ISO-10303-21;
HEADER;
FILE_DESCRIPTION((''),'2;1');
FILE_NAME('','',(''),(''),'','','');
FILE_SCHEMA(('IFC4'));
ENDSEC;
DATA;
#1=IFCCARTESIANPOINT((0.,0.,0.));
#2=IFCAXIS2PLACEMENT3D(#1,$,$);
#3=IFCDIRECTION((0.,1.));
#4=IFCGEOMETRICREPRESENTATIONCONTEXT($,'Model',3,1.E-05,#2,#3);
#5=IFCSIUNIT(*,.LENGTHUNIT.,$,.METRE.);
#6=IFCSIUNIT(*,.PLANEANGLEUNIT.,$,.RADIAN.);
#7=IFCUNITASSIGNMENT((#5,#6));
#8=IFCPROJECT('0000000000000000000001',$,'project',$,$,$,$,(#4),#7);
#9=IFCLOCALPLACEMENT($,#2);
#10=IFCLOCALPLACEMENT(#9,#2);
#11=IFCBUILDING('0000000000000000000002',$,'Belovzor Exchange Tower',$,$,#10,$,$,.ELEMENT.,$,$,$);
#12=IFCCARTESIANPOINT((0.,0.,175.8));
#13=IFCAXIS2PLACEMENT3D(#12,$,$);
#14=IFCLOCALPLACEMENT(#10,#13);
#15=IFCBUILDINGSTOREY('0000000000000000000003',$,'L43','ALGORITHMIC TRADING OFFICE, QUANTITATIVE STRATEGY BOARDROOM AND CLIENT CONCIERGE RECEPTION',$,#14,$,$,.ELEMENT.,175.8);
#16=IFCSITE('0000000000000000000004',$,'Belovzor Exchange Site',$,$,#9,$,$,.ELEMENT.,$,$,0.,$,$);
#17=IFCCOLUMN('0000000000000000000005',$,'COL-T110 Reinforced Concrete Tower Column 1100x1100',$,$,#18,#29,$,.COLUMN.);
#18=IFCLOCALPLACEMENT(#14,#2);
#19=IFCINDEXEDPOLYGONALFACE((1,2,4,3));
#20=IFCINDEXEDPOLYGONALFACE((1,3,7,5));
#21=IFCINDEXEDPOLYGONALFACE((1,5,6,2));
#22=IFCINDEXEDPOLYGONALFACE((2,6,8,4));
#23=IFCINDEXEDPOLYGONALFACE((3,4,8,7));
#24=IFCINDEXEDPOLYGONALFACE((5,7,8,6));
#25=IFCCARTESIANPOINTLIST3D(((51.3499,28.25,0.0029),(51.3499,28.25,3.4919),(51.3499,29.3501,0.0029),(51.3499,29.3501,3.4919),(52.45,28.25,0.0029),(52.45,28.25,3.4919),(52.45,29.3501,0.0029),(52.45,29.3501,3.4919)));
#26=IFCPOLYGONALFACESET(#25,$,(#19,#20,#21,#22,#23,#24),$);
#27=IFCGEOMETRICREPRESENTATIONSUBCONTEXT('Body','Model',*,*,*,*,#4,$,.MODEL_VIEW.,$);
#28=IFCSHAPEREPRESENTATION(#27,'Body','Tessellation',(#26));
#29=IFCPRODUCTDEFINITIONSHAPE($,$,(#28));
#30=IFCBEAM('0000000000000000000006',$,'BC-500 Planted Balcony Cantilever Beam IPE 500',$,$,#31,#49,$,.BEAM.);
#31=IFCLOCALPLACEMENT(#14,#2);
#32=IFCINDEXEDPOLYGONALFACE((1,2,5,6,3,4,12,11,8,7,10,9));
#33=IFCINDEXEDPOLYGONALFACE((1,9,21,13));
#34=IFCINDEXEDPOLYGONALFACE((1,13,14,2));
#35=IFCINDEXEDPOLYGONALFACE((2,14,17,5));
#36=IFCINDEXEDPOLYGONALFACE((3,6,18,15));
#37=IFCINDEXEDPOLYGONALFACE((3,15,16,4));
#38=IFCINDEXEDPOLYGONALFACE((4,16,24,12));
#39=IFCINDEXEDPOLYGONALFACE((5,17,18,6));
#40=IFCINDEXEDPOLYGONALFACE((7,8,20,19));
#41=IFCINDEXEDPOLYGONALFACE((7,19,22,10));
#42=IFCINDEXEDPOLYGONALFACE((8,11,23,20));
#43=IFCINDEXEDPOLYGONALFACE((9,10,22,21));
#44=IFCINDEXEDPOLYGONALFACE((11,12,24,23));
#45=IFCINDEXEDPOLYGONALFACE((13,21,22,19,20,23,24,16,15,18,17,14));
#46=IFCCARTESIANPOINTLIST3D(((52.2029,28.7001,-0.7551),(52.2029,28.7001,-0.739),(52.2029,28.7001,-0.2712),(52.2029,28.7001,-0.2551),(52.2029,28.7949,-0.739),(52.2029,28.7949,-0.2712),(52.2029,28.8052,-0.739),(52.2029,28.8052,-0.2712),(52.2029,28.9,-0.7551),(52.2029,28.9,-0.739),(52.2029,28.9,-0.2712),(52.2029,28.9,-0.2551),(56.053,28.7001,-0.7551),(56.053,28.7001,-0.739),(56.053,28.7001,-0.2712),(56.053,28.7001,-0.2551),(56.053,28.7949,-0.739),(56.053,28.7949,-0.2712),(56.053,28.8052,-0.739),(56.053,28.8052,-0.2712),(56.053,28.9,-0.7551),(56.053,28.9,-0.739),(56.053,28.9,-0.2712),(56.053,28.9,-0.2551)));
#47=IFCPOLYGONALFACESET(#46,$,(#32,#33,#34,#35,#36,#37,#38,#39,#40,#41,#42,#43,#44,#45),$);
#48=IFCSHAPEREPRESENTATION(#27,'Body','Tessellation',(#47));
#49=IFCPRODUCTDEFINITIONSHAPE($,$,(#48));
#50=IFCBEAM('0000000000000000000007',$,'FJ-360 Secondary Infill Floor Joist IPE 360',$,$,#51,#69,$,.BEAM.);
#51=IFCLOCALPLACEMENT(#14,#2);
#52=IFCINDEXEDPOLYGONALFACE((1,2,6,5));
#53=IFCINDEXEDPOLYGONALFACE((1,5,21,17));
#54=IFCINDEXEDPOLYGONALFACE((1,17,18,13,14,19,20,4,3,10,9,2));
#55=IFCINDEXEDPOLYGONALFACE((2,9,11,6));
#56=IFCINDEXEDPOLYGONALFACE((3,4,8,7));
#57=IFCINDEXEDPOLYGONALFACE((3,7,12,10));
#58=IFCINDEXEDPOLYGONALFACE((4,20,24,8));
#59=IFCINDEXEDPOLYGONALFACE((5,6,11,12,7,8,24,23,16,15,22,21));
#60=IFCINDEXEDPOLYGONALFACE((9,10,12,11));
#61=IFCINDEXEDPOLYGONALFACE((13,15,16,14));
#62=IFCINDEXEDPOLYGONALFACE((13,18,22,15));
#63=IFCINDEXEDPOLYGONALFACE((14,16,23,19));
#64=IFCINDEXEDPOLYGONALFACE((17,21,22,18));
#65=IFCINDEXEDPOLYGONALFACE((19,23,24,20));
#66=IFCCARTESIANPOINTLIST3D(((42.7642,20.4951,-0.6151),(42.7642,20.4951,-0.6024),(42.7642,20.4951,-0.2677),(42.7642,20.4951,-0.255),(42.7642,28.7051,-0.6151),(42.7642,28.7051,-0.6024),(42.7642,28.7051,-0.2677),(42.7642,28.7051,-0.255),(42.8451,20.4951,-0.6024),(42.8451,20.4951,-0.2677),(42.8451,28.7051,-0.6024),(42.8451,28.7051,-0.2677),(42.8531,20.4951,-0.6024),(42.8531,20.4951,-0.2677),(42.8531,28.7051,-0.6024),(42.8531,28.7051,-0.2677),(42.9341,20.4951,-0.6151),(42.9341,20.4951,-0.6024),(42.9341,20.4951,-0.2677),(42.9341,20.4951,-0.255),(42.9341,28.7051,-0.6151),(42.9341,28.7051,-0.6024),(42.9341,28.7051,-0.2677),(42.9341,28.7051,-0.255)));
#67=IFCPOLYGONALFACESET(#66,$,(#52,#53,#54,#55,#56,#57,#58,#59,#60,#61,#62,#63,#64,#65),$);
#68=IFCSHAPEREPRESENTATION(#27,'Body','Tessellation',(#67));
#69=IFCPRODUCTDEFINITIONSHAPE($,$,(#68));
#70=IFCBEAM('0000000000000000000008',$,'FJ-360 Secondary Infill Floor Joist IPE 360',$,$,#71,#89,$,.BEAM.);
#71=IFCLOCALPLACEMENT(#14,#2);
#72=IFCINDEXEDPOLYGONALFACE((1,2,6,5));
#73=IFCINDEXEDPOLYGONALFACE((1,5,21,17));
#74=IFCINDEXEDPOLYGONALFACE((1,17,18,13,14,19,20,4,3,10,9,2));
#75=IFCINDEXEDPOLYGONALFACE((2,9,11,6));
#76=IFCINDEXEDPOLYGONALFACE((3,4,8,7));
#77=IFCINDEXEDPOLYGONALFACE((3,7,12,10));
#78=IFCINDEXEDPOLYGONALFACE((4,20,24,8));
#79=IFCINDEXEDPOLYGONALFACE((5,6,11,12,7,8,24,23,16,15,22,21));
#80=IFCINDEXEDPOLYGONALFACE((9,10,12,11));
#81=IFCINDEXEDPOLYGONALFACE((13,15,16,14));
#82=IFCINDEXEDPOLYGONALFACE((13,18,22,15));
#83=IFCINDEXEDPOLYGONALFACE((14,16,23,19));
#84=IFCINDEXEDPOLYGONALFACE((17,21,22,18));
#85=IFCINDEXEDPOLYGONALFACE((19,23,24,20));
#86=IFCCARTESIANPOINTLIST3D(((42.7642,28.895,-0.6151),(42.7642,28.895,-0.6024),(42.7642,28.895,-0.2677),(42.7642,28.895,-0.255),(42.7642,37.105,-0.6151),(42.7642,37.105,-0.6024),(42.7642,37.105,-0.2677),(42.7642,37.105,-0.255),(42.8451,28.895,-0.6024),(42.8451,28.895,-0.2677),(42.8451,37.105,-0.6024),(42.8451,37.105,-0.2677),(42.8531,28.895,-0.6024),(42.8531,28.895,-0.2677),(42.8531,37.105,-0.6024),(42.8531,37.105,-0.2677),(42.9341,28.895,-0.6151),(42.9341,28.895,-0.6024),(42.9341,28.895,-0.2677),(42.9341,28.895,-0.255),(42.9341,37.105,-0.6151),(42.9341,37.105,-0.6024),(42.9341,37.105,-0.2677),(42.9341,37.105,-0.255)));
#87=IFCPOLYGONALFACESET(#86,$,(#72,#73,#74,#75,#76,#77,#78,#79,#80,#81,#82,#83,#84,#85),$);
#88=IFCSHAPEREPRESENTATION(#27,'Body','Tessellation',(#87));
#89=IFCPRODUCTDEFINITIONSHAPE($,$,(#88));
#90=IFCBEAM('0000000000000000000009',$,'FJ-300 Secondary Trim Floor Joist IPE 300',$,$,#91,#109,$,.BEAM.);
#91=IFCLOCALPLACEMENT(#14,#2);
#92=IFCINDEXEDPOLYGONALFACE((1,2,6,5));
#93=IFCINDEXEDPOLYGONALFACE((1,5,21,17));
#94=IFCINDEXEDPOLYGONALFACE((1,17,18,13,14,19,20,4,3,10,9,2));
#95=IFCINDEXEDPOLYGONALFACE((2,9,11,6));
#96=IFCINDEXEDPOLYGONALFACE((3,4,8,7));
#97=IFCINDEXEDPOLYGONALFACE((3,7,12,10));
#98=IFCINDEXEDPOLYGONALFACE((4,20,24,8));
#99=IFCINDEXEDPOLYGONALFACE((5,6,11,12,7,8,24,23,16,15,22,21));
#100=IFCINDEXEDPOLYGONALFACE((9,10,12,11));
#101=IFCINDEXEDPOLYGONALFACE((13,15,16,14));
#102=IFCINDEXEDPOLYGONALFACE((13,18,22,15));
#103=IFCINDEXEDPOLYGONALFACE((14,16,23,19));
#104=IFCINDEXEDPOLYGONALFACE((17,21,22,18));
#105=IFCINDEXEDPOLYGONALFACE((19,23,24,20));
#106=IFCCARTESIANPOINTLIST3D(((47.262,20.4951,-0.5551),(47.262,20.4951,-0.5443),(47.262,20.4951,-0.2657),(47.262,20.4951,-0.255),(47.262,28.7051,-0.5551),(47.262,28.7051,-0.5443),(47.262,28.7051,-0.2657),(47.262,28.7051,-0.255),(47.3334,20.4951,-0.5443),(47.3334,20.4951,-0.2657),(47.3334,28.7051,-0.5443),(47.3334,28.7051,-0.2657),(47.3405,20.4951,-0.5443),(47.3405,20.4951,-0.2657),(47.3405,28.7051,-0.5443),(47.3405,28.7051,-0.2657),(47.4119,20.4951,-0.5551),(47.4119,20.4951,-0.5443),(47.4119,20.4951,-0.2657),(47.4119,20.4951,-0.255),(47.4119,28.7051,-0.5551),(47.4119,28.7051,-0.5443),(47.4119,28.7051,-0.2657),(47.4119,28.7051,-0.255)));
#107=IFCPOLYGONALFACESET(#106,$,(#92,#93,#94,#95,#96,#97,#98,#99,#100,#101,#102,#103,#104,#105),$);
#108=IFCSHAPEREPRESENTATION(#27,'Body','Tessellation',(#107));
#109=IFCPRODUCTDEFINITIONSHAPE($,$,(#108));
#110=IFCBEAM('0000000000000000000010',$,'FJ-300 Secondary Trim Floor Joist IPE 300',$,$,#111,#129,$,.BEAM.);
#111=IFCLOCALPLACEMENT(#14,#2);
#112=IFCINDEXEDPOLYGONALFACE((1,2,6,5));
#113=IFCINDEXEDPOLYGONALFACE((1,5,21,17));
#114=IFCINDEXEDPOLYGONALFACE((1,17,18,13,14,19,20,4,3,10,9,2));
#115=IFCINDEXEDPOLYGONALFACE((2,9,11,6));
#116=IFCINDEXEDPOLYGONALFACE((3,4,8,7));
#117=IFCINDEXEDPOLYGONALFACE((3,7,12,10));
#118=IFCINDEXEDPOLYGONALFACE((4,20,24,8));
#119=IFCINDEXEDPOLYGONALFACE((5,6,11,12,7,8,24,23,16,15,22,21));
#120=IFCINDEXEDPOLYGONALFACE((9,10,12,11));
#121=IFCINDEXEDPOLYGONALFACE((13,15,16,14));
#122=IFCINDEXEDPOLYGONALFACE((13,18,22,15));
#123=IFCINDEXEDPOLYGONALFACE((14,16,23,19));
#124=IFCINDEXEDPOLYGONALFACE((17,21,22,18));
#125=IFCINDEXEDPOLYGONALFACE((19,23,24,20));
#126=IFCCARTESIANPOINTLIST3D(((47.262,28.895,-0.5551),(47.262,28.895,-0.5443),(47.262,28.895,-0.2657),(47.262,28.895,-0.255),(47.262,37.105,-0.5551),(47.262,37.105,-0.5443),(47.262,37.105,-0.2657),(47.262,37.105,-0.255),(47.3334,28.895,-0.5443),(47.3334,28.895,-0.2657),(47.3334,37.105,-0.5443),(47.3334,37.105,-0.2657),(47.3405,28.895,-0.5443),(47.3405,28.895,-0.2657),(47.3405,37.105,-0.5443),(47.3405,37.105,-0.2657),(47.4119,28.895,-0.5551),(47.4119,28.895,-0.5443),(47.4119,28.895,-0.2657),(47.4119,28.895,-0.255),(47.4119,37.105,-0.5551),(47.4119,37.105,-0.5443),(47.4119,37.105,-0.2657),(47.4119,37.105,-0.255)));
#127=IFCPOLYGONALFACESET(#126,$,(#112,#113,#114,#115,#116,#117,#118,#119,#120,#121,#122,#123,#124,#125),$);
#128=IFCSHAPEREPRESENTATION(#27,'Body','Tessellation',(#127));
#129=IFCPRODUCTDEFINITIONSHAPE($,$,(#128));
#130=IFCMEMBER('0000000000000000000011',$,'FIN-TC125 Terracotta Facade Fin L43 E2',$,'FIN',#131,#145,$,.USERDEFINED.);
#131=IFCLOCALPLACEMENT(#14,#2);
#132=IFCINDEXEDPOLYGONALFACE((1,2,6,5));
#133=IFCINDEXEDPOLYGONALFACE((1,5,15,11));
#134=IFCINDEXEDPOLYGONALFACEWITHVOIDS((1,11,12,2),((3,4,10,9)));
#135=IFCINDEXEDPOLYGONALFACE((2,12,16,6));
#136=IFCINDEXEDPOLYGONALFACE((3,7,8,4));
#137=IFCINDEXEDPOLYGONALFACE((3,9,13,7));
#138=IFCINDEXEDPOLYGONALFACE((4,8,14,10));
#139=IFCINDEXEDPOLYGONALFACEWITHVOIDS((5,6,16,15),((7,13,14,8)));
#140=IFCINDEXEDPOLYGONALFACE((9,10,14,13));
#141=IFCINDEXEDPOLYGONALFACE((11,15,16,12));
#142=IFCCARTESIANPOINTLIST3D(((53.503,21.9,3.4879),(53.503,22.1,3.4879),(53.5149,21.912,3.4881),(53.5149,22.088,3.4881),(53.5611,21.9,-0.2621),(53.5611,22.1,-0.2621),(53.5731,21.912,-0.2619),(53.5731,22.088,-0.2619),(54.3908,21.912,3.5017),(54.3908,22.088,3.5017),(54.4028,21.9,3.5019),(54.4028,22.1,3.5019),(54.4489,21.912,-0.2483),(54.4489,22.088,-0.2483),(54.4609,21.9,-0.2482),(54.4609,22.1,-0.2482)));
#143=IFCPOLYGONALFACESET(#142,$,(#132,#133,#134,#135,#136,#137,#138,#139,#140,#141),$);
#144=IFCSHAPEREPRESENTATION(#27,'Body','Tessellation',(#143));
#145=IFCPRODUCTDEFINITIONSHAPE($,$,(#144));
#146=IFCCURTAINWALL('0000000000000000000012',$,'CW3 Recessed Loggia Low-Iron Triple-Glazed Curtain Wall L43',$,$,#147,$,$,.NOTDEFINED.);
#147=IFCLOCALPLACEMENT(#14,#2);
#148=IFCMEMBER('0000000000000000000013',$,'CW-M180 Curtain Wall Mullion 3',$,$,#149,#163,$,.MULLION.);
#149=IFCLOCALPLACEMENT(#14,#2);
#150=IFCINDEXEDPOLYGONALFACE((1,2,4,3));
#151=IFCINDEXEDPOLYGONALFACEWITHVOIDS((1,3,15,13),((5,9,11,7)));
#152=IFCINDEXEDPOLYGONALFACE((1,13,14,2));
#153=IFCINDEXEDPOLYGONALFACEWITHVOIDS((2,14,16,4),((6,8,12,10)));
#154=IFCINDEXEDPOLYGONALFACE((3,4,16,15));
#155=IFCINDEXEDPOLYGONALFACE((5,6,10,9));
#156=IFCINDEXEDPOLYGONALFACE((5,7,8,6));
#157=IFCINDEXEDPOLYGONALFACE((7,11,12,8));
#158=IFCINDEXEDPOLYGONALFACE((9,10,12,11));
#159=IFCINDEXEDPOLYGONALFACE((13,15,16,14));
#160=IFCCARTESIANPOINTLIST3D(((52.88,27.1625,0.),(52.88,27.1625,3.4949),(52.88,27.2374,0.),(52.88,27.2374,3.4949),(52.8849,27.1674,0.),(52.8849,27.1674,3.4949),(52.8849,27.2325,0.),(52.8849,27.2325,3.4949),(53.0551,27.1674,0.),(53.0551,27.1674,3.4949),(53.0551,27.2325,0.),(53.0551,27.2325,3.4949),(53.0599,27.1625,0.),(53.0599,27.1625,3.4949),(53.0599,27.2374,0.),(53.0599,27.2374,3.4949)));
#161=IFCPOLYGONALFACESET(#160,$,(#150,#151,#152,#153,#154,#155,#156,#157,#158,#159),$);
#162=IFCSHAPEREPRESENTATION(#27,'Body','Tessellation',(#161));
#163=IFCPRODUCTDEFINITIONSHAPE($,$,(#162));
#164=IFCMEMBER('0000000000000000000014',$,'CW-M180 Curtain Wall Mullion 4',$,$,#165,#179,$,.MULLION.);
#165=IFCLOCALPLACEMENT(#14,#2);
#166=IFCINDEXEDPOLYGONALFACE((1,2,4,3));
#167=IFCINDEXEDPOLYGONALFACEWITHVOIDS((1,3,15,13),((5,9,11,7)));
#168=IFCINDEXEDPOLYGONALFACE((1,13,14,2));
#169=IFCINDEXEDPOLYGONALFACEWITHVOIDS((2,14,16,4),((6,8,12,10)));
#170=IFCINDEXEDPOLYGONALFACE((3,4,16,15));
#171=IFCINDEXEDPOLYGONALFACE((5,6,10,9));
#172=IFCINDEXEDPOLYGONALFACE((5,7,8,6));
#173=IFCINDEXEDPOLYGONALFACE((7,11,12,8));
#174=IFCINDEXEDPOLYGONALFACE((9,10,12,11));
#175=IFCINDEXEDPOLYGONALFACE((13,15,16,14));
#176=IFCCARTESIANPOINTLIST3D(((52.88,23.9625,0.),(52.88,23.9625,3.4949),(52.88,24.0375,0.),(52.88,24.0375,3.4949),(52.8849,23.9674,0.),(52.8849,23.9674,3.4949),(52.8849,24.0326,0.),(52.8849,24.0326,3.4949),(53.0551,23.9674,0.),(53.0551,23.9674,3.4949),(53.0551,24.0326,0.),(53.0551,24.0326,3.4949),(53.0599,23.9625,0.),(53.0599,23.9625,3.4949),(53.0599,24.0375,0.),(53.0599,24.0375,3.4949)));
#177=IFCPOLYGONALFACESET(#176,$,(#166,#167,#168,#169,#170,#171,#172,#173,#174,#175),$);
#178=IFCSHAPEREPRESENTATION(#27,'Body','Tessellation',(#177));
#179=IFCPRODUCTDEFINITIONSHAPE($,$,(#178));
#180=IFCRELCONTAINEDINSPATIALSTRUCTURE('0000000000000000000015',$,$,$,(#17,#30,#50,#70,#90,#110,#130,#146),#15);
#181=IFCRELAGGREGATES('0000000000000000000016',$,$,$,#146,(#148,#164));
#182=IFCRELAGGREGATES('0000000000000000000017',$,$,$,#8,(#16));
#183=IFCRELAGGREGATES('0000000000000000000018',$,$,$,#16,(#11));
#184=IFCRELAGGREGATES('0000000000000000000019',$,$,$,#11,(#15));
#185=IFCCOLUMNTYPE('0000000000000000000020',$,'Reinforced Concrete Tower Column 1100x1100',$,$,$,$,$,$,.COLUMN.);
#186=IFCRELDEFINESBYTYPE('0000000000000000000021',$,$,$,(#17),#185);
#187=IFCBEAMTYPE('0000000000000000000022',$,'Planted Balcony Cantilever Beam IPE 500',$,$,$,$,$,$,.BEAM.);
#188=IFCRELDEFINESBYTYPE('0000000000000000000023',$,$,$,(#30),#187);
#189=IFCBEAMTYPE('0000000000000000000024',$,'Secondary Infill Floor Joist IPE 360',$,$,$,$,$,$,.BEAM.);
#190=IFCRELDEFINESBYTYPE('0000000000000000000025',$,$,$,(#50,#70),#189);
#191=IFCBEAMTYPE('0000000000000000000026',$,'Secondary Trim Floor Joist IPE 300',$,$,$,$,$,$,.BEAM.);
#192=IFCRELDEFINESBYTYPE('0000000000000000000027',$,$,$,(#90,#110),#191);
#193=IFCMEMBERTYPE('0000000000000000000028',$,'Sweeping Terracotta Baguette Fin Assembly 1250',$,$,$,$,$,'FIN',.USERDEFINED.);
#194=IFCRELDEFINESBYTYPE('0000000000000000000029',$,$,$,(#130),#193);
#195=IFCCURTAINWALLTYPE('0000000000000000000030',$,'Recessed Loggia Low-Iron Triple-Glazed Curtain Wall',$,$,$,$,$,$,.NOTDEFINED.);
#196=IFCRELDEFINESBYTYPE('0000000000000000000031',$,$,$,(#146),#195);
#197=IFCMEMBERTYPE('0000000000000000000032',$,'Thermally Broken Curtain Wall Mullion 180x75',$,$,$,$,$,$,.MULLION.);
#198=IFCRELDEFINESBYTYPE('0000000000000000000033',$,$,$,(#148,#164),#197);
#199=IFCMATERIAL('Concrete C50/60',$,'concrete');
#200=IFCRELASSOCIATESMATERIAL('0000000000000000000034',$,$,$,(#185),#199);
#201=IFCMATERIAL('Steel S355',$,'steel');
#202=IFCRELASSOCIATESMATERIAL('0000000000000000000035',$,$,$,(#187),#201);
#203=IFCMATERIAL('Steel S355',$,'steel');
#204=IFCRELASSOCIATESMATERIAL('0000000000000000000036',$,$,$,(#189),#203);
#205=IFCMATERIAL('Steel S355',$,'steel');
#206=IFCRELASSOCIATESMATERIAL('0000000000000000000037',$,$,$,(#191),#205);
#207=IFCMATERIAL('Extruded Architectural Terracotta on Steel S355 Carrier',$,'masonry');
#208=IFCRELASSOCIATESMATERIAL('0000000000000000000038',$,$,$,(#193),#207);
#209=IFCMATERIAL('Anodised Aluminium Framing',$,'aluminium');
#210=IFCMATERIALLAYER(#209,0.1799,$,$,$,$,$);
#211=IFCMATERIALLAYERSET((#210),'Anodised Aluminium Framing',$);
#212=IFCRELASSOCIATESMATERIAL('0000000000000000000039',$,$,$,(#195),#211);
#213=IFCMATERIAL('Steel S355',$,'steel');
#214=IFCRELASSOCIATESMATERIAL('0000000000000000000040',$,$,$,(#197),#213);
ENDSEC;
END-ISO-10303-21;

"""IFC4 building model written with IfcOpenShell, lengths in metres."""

from ifc_helpers import new_model, si_unit, direction, frame, origin, origin_2d, place, context, subcontext, project, spatial, rectangle, hollow_rectangle, i_section, extrude, material, layer, layer_set, material_profile, profile_set, type_object, element, aggregate, save


model = new_model("IFC4")

# Units and contexts
model_context = context("Model", 3, precision=1e-05, world=origin(), true_north=direction((0.0, 1.0)))
body_context = subcontext(model_context, "Body", "Model", "MODEL_VIEW")
ifc_project = project(units=[si_unit("LENGTHUNIT", "METRE"), si_unit("PLANEANGLEUNIT", "RADIAN")], contexts=[model_context])

# Site, building, storey
site_placement = place(None, origin())
site = spatial("IfcSite", under=ifc_project, at=site_placement, Name="Belovzor Exchange Site", CompositionType="ELEMENT", RefElevation=0.0)
building_placement = place(site_placement, origin())
building = spatial("IfcBuilding", under=site, at=building_placement, Name="Belovzor Exchange Tower", CompositionType="ELEMENT")
storey_placement = place(building_placement, frame((0.0, 0.0, 175.8)))
storey = spatial("IfcBuildingStorey", under=building, at=storey_placement, Name="L43", Description="ALGORITHMIC TRADING OFFICE, QUANTITATIVE STRATEGY BOARDROOM AND CLIENT CONCIERGE RECEPTION", CompositionType="ELEMENT", Elevation=175.8)

# Column
ifc_material_1 = material(Name="Concrete C50/60", Category="concrete")
ifc_material_profile_1 = material_profile(ifc_material_1, rectangle(XDim=1.1001, YDim=1.1001, at=origin_2d()))
ifc_profile_set_1 = profile_set([ifc_material_profile_1], Name="Concrete C50/60")
column_type = type_object("IfcColumnType", Name="Reinforced Concrete Tower Column 1100x1100", PredefinedType="COLUMN", material=ifc_profile_set_1)
column_placement = place(storey_placement, frame((51.8999, 28.8, 0.0029), z_axis=(0.0, 0.0, 1.0), x_axis=(1.0, 0.0, 0.0)))
element("IfcColumn", 1, at=column_placement, inside=storey, type_object=column_type, Name="COL-T110 Reinforced Concrete Tower Column 1100x1100", PredefinedType="COLUMN", context=body_context, shape_type="SweptSolid", body=[
    extrude(rectangle(XDim=1.1001, YDim=1.1001, at=origin_2d()), origin(), (0.0, 0.0, 1.0), 3.489),
])

# Beams
ifc_material_2 = material(Name="Steel S355", Category="steel")
ifc_material_profile_2 = material_profile(ifc_material_2, i_section(OverallWidth=0.2, OverallDepth=0.5, WebThickness=0.0103, FlangeThickness=0.0161, at=origin_2d()))
ifc_profile_set_2 = profile_set([ifc_material_profile_2], Name="Steel S355")
beam_type_1 = type_object("IfcBeamType", Name="Planted Balcony Cantilever Beam IPE 500", PredefinedType="BEAM", material=ifc_profile_set_2)
beam_placement = place(storey_placement, frame((52.2029, 28.8, -0.5051), z_axis=(1.0, 0.0, 0.0), x_axis=(0.0, 1.0, 0.0)))
element("IfcBeam", 2, at=beam_placement, inside=storey, type_object=beam_type_1, Name="BC-500 Planted Balcony Cantilever Beam IPE 500", PredefinedType="BEAM", context=body_context, shape_type="SweptSolid", body=[
    extrude(i_section(OverallWidth=0.2, OverallDepth=0.5, WebThickness=0.0103, FlangeThickness=0.0161, at=origin_2d()), origin(), (0.0, 0.0, 1.0), 3.8501),
])
ifc_material_3 = material(Name="Steel S355", Category="steel")
ifc_material_profile_3 = material_profile(ifc_material_3, i_section(OverallWidth=0.1699, OverallDepth=0.3601, WebThickness=0.0081, FlangeThickness=0.0127, at=origin_2d()))
ifc_profile_set_3 = profile_set([ifc_material_profile_3], Name="Steel S355")
beam_type_2 = type_object("IfcBeamType", Name="Secondary Infill Floor Joist IPE 360", PredefinedType="BEAM", material=ifc_profile_set_3)
for number, where, z_axis, x_axis, name in (
    (3, (42.8491, 20.4951, -0.4351), (0.0, 1.0, 0.0), (-1.0, 0.0, 0.0), "FJ-360 Secondary Infill Floor Joist IPE 360"),
    (4, (42.8491, 28.895, -0.4351), (0.0, 1.0, 0.0), (-1.0, 0.0, 0.0), "FJ-360 Secondary Infill Floor Joist IPE 360"),
):
    element("IfcBeam", number, at=place(storey_placement, frame(where, z_axis=z_axis, x_axis=x_axis)), inside=storey, type_object=beam_type_2, Name=name, PredefinedType="BEAM", context=body_context, shape_type="SweptSolid", body=[
        extrude(i_section(OverallWidth=0.1699, OverallDepth=0.3601, WebThickness=0.0081, FlangeThickness=0.0127, at=origin_2d()), origin(), (0.0, 0.0, 1.0), 8.21),
    ])
ifc_material_4 = material(Name="Steel S355", Category="steel")
ifc_material_profile_4 = material_profile(ifc_material_4, i_section(OverallWidth=0.1499, OverallDepth=0.3, WebThickness=0.0071, FlangeThickness=0.0107, at=origin_2d()))
ifc_profile_set_4 = profile_set([ifc_material_profile_4], Name="Steel S355")
beam_type_3 = type_object("IfcBeamType", Name="Secondary Trim Floor Joist IPE 300", PredefinedType="BEAM", material=ifc_profile_set_4)
for number, where, z_axis, x_axis, name in (
    (5, (47.3369, 20.4951, -0.405), (0.0, 1.0, 0.0), (-1.0, 0.0, 0.0), "FJ-300 Secondary Trim Floor Joist IPE 300"),
    (6, (47.3369, 28.895, -0.405), (0.0, 1.0, 0.0), (-1.0, 0.0, 0.0), "FJ-300 Secondary Trim Floor Joist IPE 300"),
):
    element("IfcBeam", number, at=place(storey_placement, frame(where, z_axis=z_axis, x_axis=x_axis)), inside=storey, type_object=beam_type_3, Name=name, PredefinedType="BEAM", context=body_context, shape_type="SweptSolid", body=[
        extrude(i_section(OverallWidth=0.1499, OverallDepth=0.3, WebThickness=0.0071, FlangeThickness=0.0107, at=origin_2d()), origin(), (0.0, 0.0, 1.0), 8.21),
    ])

# Member
ifc_material_5 = material(Name="Extruded Architectural Terracotta on Steel S355 Carrier", Category="masonry")
ifc_material_profile_5 = material_profile(ifc_material_5, hollow_rectangle(XDim=0.2, YDim=0.8999, WallThickness=0.012, at=origin_2d()))
ifc_profile_set_5 = profile_set([ifc_material_profile_5], Name="Extruded Architectural Terracotta on Steel S355 Carrier")
member_type_1 = type_object("IfcMemberType", Name="Sweeping Terracotta Baguette Fin Assembly 1250", ElementType="FIN", PredefinedType="USERDEFINED", material=ifc_profile_set_5)
member_1_placement = place(storey_placement, frame((54.011, 22.0, -0.2551), z_axis=(-0.015493, 0.0, 0.99988), x_axis=(0.0, -1.0, 0.0)))
element("IfcMember", 7, at=member_1_placement, inside=storey, type_object=member_type_1, Name="FIN-TC125 Terracotta Facade Fin L43 E2", ObjectType="FIN", PredefinedType="USERDEFINED", context=body_context, shape_type="SweptSolid", body=[
    extrude(hollow_rectangle(XDim=0.2, YDim=0.8999, WallThickness=0.012, at=origin_2d()), origin(), (0.0, 0.0, 1.0), 3.7505),
])

# Curtain wall, members
ifc_material_6 = material(Name="Anodised Aluminium Framing", Category="aluminium")
ifc_layer_1 = layer(ifc_material_6, 0.1799)
ifc_layer_set_1 = layer_set([ifc_layer_1], Name="Anodised Aluminium Framing")
curtain_wall_type = type_object("IfcCurtainWallType", Name="Recessed Loggia Low-Iron Triple-Glazed Curtain Wall", PredefinedType="NOTDEFINED", material=ifc_layer_set_1)
curtain_wall_placement = place(storey_placement, origin())
curtain_wall = element("IfcCurtainWall", 8, at=curtain_wall_placement, inside=storey, type_object=curtain_wall_type, Name="CW3 Recessed Loggia Low-Iron Triple-Glazed Curtain Wall L43", PredefinedType="NOTDEFINED")
ifc_material_7 = material(Name="Steel S355", Category="steel")
ifc_material_profile_6 = material_profile(ifc_material_7, hollow_rectangle(XDim=0.075, YDim=0.1799, WallThickness=0.0049, at=origin_2d()))
ifc_profile_set_6 = profile_set([ifc_material_profile_6], Name="Steel S355")
member_type_2 = type_object("IfcMemberType", Name="Thermally Broken Curtain Wall Mullion 180x75", PredefinedType="MULLION", material=ifc_profile_set_6)
member_2_placement = place(storey_placement, frame((52.97, 27.2, 0.0), z_axis=(0.0, 0.0, 1.0), x_axis=(0.0, -1.0, 0.0)))
member_2 = element("IfcMember", 9, at=member_2_placement, type_object=member_type_2, Name="CW-M180 Curtain Wall Mullion 3", PredefinedType="MULLION", context=body_context, shape_type="SweptSolid", body=[
    extrude(hollow_rectangle(XDim=0.075, YDim=0.1799, WallThickness=0.0049, at=origin_2d()), origin(), (0.0, 0.0, 1.0), 3.4949),
])
member_3_placement = place(storey_placement, frame((52.97, 24.0, 0.0), z_axis=(0.0, 0.0, 1.0), x_axis=(0.0, -1.0, 0.0)))
member_3 = element("IfcMember", 10, at=member_3_placement, type_object=member_type_2, Name="CW-M180 Curtain Wall Mullion 4", PredefinedType="MULLION", context=body_context, shape_type="SweptSolid", body=[
    extrude(hollow_rectangle(XDim=0.075, YDim=0.1799, WallThickness=0.0049, at=origin_2d()), origin(), (0.0, 0.0, 1.0), 3.4949),
])

aggregate(curtain_wall, [member_2, member_3])

save(model, "model.ifc")
